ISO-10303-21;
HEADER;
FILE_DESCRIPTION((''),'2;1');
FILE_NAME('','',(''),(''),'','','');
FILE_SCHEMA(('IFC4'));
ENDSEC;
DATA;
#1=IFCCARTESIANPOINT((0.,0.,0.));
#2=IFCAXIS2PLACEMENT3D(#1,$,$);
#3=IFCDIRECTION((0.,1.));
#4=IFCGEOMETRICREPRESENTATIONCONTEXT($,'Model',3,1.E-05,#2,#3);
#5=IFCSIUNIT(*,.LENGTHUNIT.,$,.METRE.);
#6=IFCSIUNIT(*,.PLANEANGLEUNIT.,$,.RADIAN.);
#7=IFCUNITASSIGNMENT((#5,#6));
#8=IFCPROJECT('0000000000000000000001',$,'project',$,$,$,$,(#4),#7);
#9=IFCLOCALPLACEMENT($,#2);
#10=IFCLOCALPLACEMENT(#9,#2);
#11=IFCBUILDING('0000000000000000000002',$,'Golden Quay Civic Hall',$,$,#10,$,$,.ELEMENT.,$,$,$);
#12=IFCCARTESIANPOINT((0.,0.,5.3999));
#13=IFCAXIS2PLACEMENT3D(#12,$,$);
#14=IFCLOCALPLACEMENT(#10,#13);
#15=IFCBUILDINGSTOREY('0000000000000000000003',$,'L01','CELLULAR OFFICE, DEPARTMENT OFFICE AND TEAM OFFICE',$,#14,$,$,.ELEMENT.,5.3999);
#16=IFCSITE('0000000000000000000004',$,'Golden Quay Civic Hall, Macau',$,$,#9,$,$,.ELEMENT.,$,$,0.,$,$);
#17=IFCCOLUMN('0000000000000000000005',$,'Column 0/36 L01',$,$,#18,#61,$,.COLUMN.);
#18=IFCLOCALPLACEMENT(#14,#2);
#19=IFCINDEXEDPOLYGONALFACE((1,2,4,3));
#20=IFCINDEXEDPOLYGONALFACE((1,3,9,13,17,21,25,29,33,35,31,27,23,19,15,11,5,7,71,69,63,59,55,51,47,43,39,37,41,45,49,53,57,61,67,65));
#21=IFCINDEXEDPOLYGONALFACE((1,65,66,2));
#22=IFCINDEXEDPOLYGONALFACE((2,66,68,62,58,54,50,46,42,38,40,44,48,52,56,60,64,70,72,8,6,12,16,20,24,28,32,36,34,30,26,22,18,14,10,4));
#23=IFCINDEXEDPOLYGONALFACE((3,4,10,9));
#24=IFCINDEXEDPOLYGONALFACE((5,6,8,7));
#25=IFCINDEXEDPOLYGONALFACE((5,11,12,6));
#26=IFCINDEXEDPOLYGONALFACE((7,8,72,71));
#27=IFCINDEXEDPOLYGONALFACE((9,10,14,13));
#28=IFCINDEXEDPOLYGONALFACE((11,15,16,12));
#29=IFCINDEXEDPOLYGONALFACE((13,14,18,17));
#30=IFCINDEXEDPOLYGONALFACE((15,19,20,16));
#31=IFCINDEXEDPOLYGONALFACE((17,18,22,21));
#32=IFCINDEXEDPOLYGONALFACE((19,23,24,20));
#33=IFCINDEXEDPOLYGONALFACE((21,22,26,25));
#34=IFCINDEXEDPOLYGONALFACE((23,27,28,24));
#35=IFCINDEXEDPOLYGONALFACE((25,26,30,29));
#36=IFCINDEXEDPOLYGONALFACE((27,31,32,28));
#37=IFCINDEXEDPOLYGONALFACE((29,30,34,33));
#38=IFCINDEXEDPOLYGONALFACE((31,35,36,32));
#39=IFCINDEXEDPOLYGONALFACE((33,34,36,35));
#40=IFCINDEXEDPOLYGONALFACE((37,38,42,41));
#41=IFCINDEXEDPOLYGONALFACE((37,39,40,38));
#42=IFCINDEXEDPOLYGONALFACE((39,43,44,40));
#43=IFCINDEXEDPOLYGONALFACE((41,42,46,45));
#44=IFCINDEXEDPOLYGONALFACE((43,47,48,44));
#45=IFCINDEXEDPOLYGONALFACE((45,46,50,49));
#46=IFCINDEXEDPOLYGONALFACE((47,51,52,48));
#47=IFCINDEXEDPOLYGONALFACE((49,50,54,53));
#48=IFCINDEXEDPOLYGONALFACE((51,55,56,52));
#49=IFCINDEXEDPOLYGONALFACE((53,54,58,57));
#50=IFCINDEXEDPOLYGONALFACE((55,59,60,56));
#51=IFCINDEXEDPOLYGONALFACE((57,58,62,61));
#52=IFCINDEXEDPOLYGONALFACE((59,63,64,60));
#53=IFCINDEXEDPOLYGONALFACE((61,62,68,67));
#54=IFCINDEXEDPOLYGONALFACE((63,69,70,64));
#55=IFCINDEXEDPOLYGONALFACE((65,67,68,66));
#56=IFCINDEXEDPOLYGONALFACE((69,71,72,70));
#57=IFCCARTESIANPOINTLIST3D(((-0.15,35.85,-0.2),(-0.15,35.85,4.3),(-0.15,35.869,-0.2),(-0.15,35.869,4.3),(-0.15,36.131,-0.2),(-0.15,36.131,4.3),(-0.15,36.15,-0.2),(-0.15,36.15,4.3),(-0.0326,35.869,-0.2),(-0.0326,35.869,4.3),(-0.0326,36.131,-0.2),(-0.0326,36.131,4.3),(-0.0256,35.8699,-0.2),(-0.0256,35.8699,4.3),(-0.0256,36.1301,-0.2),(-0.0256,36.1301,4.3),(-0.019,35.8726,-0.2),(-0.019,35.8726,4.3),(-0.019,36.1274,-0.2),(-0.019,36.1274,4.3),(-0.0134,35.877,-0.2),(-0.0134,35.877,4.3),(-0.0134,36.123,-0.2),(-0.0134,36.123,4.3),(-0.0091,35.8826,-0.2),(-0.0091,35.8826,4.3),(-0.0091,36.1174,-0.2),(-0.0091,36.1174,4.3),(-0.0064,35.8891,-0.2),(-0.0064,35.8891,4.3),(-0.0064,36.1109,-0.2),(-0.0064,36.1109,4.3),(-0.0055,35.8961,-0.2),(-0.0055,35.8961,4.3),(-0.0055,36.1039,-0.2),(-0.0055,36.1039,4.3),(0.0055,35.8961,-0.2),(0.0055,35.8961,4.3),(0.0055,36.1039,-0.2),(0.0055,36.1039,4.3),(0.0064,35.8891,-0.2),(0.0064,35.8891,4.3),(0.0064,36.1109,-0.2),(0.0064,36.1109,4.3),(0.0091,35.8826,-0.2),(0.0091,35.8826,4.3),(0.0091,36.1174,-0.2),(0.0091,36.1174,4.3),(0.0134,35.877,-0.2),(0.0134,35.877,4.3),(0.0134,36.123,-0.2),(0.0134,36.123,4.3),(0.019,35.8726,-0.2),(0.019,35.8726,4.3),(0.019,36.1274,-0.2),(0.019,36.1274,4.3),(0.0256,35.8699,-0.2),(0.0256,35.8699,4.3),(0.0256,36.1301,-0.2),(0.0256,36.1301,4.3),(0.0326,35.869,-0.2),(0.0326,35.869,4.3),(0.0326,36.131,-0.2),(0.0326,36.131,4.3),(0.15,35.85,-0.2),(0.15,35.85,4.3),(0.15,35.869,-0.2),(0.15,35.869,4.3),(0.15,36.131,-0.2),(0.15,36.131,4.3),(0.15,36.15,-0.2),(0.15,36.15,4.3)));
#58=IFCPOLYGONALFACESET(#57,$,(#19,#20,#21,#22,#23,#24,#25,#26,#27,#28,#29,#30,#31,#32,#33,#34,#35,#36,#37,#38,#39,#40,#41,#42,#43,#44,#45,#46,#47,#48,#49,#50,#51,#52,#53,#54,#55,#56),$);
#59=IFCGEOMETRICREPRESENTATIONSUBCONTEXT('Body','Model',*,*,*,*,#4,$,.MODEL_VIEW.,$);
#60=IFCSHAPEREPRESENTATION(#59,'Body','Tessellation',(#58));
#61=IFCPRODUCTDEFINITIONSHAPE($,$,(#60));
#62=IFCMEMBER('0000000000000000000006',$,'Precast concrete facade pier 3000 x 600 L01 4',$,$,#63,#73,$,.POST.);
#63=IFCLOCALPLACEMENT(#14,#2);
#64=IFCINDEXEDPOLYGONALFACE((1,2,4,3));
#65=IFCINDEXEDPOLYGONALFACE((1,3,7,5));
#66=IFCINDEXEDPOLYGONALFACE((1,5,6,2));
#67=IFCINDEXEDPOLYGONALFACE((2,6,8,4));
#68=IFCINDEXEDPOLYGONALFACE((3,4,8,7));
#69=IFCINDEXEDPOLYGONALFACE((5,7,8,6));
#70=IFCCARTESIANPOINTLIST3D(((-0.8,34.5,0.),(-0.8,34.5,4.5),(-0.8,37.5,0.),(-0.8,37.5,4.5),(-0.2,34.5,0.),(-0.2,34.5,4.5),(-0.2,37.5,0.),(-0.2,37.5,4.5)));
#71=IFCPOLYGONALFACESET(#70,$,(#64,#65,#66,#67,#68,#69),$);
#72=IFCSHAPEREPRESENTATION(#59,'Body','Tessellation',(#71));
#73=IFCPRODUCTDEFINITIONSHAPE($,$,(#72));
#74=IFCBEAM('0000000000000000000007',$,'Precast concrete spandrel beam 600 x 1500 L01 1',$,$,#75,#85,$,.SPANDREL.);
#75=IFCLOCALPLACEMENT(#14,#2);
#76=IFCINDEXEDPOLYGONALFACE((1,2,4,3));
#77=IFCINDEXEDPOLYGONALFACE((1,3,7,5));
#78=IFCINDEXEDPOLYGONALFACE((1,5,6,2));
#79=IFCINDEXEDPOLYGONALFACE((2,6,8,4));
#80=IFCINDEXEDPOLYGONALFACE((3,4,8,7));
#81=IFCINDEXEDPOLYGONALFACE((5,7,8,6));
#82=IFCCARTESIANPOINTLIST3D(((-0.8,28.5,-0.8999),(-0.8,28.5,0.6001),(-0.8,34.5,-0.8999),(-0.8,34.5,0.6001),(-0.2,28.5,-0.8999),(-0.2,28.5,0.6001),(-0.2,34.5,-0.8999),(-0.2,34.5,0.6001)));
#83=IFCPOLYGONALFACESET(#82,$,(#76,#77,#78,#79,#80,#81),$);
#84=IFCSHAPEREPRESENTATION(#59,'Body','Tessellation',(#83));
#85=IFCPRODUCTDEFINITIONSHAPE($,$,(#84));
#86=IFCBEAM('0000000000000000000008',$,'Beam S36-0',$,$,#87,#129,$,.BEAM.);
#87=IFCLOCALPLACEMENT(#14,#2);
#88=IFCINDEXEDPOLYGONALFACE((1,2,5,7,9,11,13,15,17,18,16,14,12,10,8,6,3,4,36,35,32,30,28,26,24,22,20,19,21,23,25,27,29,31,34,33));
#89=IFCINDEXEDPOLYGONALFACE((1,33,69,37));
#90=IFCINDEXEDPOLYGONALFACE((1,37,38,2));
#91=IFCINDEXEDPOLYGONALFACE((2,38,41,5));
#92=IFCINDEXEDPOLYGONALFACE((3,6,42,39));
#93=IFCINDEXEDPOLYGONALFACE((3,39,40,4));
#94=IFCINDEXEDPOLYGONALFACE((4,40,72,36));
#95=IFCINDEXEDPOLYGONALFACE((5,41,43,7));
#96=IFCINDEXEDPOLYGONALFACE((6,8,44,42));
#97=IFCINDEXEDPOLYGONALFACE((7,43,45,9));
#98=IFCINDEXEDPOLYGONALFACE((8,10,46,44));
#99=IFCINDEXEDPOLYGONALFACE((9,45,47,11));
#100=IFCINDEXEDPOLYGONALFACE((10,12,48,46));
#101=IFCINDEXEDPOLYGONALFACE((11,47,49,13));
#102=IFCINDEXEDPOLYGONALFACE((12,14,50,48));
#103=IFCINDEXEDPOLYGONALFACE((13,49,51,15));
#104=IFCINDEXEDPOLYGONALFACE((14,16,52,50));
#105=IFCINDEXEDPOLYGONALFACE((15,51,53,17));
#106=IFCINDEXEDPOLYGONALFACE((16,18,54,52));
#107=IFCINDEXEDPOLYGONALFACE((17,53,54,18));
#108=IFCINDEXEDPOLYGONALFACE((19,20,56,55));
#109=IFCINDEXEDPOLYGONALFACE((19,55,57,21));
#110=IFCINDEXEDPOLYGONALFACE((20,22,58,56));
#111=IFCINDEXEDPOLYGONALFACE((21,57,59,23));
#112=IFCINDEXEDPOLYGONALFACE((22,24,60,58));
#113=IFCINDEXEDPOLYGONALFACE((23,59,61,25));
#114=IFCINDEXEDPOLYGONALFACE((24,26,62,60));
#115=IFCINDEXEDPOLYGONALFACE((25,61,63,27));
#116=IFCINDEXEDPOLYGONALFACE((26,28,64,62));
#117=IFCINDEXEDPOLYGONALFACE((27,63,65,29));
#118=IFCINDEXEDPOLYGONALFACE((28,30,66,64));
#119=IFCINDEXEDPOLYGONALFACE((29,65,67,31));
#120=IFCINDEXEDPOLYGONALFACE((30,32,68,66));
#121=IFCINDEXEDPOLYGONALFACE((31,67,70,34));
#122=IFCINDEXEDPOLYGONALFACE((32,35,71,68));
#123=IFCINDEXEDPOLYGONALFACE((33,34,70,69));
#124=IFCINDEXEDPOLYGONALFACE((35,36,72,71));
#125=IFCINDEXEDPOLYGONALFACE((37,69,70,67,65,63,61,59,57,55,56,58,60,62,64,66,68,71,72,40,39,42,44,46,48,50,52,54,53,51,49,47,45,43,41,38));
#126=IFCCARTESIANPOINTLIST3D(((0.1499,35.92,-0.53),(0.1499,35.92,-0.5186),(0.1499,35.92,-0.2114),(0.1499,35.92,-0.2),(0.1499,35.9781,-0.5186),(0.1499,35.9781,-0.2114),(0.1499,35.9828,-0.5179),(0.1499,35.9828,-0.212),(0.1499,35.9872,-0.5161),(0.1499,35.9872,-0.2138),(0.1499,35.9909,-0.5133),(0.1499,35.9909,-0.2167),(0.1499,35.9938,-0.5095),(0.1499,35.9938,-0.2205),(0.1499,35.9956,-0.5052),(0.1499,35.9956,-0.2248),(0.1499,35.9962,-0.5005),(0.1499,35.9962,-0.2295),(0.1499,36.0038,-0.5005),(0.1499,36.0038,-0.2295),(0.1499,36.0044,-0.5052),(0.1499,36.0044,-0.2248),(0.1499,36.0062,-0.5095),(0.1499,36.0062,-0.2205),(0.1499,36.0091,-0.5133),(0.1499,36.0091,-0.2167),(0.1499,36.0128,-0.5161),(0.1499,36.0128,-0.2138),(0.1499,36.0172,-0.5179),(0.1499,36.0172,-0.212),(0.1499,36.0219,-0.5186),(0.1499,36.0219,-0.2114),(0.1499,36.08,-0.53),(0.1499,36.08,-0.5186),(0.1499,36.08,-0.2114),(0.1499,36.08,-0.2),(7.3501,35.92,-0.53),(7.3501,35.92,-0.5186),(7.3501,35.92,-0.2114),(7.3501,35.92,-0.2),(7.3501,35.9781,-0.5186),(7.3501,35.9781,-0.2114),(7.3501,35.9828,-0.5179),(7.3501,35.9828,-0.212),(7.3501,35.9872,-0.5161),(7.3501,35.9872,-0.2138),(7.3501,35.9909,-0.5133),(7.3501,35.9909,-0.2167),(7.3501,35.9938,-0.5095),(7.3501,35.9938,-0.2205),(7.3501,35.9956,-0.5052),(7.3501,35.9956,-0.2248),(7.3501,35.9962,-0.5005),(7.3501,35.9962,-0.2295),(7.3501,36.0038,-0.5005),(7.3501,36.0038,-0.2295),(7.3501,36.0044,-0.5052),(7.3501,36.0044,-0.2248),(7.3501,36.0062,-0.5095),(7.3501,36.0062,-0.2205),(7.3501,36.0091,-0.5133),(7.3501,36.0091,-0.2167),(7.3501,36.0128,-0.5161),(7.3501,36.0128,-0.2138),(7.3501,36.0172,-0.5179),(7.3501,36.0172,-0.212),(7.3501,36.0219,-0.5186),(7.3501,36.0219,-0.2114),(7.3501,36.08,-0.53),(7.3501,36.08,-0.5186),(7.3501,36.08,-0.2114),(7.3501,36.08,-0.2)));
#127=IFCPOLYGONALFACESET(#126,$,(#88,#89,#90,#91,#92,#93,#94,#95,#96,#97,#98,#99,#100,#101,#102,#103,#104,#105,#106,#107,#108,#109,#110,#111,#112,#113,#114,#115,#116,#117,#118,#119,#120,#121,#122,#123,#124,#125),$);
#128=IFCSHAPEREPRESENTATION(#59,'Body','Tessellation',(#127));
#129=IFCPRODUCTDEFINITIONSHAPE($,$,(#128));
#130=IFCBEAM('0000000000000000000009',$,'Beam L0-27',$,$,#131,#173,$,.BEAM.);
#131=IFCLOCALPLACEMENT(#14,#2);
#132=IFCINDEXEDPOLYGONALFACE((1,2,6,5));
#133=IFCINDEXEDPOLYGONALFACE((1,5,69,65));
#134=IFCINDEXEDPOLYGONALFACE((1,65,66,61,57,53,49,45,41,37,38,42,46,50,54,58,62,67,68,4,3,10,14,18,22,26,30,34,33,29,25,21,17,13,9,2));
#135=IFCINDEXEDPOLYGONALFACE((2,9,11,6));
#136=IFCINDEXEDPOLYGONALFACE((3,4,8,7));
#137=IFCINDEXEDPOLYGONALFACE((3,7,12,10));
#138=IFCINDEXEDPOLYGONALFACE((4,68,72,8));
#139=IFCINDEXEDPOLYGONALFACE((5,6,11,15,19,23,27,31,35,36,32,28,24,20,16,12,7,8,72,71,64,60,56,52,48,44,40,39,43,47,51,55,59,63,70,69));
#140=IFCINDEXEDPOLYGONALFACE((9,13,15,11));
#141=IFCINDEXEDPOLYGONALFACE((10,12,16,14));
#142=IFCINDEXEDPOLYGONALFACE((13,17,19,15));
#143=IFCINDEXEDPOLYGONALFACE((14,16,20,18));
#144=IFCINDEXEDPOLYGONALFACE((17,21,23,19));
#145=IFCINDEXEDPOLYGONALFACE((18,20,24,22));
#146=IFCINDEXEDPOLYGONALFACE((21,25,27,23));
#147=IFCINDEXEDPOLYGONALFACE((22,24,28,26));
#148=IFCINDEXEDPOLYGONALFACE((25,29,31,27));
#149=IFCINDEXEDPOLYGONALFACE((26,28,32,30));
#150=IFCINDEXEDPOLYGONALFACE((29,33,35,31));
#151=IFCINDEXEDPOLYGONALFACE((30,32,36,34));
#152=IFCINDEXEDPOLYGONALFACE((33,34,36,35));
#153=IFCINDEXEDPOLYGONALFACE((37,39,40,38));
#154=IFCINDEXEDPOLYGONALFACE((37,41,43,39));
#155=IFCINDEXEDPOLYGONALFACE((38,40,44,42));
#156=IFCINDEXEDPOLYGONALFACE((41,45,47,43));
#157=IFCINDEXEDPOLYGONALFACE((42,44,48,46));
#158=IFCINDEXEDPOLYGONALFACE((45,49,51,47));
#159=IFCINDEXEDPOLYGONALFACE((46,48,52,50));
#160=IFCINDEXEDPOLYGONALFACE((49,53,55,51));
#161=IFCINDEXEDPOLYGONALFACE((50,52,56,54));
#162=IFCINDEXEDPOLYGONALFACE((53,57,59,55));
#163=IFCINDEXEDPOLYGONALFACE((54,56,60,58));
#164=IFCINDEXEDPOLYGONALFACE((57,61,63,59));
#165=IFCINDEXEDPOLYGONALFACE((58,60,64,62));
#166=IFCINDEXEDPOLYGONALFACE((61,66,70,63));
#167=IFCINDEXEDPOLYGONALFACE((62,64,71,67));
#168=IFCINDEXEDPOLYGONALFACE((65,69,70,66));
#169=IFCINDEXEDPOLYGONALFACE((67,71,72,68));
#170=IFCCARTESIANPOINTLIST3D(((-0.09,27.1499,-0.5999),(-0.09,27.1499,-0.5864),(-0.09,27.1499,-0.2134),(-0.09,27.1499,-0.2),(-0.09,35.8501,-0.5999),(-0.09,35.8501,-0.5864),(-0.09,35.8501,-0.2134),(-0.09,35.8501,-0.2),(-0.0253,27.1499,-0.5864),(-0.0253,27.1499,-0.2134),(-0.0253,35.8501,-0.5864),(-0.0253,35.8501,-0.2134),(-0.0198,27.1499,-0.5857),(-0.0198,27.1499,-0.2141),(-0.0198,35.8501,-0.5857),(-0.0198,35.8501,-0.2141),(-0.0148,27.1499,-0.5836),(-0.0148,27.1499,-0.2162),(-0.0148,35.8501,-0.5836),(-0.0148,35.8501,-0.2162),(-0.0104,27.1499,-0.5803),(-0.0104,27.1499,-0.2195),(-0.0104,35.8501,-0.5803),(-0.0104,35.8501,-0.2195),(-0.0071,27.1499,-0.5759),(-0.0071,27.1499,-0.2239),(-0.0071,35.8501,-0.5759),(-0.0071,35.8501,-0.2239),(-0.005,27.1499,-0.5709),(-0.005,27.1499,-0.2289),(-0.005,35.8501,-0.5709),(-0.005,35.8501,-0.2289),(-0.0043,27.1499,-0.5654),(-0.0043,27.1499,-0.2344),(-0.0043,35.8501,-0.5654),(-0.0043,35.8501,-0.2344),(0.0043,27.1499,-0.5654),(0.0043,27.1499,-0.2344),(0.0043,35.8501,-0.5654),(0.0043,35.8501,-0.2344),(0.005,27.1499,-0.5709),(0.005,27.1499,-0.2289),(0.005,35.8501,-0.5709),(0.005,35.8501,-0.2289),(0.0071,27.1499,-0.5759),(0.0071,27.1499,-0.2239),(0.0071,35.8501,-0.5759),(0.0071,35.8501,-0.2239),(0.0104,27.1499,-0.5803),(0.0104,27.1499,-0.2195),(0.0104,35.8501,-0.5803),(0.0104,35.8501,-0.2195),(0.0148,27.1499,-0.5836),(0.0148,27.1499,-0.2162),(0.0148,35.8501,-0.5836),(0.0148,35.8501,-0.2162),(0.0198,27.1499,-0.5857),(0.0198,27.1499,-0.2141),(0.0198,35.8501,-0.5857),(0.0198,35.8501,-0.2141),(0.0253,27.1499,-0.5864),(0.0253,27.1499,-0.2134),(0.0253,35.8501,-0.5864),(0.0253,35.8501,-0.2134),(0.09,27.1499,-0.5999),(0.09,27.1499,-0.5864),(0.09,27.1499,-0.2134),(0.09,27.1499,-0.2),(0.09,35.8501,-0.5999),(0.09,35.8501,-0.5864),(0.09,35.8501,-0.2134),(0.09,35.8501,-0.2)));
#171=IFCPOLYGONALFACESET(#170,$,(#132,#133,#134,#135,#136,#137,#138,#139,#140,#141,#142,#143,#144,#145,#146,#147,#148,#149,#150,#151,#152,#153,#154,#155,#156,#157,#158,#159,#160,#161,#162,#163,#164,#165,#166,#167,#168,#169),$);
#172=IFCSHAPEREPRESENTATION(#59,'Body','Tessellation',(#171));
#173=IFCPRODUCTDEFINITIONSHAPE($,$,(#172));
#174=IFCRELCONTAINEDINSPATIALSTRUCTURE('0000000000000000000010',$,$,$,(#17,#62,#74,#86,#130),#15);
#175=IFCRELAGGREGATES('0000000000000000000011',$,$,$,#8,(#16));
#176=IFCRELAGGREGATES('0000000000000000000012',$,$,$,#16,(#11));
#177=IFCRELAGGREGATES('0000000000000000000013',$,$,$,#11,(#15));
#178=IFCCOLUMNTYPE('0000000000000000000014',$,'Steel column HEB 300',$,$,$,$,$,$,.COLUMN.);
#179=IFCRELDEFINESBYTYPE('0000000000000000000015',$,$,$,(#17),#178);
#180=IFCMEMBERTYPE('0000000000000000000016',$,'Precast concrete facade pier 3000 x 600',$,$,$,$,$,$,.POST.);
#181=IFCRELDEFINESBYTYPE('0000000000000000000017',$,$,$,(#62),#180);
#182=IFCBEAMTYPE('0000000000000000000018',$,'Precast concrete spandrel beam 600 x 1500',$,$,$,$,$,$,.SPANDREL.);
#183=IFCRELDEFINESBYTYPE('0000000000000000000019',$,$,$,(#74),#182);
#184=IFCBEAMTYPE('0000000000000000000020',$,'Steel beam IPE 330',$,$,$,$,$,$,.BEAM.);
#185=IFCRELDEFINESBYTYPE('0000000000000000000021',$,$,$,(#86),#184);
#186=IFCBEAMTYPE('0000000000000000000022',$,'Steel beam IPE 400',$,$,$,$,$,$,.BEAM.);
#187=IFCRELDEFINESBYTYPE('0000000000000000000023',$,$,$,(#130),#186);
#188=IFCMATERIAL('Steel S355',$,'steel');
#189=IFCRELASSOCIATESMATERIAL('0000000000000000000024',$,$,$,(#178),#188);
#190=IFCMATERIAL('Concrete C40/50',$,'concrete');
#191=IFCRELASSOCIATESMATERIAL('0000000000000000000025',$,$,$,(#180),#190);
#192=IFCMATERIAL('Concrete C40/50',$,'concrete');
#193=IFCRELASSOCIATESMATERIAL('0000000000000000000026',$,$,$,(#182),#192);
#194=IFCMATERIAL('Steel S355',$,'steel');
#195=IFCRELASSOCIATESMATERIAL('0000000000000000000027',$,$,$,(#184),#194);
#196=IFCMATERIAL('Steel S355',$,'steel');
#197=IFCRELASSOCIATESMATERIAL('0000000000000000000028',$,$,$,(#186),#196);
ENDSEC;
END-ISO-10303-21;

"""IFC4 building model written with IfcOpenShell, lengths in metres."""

from ifc_helpers import new_model, si_unit, direction, frame, origin, origin_2d, place, context, subcontext, project, spatial, rectangle, i_section, extrude, material, material_profile, profile_set, type_object, element, save


model = new_model("IFC4")

# Units and contexts
model_context = context("Model", 3, precision=1e-05, world=origin(), true_north=direction((0.0, 1.0)))
body_context = subcontext(model_context, "Body", "Model", "MODEL_VIEW")
ifc_project = project(units=[si_unit("LENGTHUNIT", "METRE"), si_unit("PLANEANGLEUNIT", "RADIAN")], contexts=[model_context])

# Site, building, storey
site_placement = place(None, origin())
site = spatial("IfcSite", under=ifc_project, at=site_placement, Name="Golden Quay Civic Hall, Macau", CompositionType="ELEMENT", RefElevation=0.0)
building_placement = place(site_placement, origin())
building = spatial("IfcBuilding", under=site, at=building_placement, Name="Golden Quay Civic Hall", CompositionType="ELEMENT")
storey_placement = place(building_placement, frame((0.0, 0.0, 5.3999)))
storey = spatial("IfcBuildingStorey", under=building, at=storey_placement, Name="L01", Description="CELLULAR OFFICE, DEPARTMENT OFFICE AND TEAM OFFICE", CompositionType="ELEMENT", Elevation=5.3999)

# Column
ifc_material_1 = material(Name="Steel S355", Category="steel")
ifc_material_profile_1 = material_profile(ifc_material_1, i_section(OverallWidth=0.3, OverallDepth=0.3, WebThickness=0.011, FlangeThickness=0.019, FilletRadius=0.0271, at=origin_2d()), Name="HEB 300")
ifc_profile_set_1 = profile_set([ifc_material_profile_1], Name="Steel S355")
column_type = type_object("IfcColumnType", Name="Steel column HEB 300", PredefinedType="COLUMN", material=ifc_profile_set_1)
column_placement = place(storey_placement, frame((0.0, 36.0, -0.2), z_axis=(0.0, 0.0, 1.0), x_axis=(1.0, 0.0, 0.0)))
element("IfcColumn", 1, at=column_placement, inside=storey, type_object=column_type, Name="Column 0/36 L01", PredefinedType="COLUMN", context=body_context, shape_type="SweptSolid", body=[
    extrude(i_section(OverallWidth=0.3, OverallDepth=0.3, WebThickness=0.011, FlangeThickness=0.019, FilletRadius=0.0271, at=origin_2d()), origin(), (0.0, 0.0, 1.0), 4.5),
])

# Member
ifc_material_2 = material(Name="Concrete C40/50", Category="concrete")
ifc_material_profile_2 = material_profile(ifc_material_2, rectangle(XDim=3.0, YDim=0.6001, at=origin_2d()), Name="RC 3000x600")
ifc_profile_set_2 = profile_set([ifc_material_profile_2], Name="Concrete C40/50")
member_type = type_object("IfcMemberType", Name="Precast concrete facade pier 3000 x 600", PredefinedType="POST", material=ifc_profile_set_2)
member_placement = place(storey_placement, frame((-0.5, 36.0, 0.0), z_axis=(0.0, 0.0, 1.0), x_axis=(0.0, 1.0, 0.0)))
element("IfcMember", 2, at=member_placement, inside=storey, type_object=member_type, Name="Precast concrete facade pier 3000 x 600 L01 4", PredefinedType="POST", context=body_context, shape_type="SweptSolid", body=[
    extrude(rectangle(XDim=3.0, YDim=0.6001, at=origin_2d()), origin(), (0.0, 0.0, 1.0), 4.5),
])

# Beams
ifc_material_3 = material(Name="Concrete C40/50", Category="concrete")
ifc_material_profile_3 = material_profile(ifc_material_3, rectangle(XDim=0.6001, YDim=1.5, at=origin_2d()), Name="RC 600x1500")
ifc_profile_set_3 = profile_set([ifc_material_profile_3], Name="Concrete C40/50")
beam_type_1 = type_object("IfcBeamType", Name="Precast concrete spandrel beam 600 x 1500", PredefinedType="SPANDREL", material=ifc_profile_set_3)
beam_1_placement = place(storey_placement, frame((-0.5, 28.5, -0.1499), z_axis=(0.0, 1.0, 0.0), x_axis=(-1.0, 0.0, 0.0)))
element("IfcBeam", 3, at=beam_1_placement, inside=storey, type_object=beam_type_1, Name="Precast concrete spandrel beam 600 x 1500 L01 1", PredefinedType="SPANDREL", context=body_context, shape_type="SweptSolid", body=[
    extrude(rectangle(XDim=0.6001, YDim=1.5, at=origin_2d()), origin(), (0.0, 0.0, 1.0), 6.0),
])
ifc_material_4 = material(Name="Steel S355", Category="steel")
ifc_material_profile_4 = material_profile(ifc_material_4, i_section(OverallWidth=0.1599, OverallDepth=0.3301, WebThickness=0.0076, FlangeThickness=0.0115, FilletRadius=0.0181, at=origin_2d()), Name="IPE 330")
ifc_profile_set_4 = profile_set([ifc_material_profile_4], Name="Steel S355")
beam_type_2 = type_object("IfcBeamType", Name="Steel beam IPE 330", PredefinedType="BEAM", material=ifc_profile_set_4)
beam_2_placement = place(storey_placement, frame((0.1499, 36.0, -0.365), z_axis=(1.0, 0.0, 0.0), x_axis=(0.0, 1.0, 0.0)))
element("IfcBeam", 4, at=beam_2_placement, inside=storey, type_object=beam_type_2, Name="Beam S36-0", PredefinedType="BEAM", context=body_context, shape_type="SweptSolid", body=[
    extrude(i_section(OverallWidth=0.1599, OverallDepth=0.3301, WebThickness=0.0076, FlangeThickness=0.0115, FilletRadius=0.0181, at=origin_2d()), origin(), (0.0, 0.0, 1.0), 7.2002),
])
ifc_material_5 = material(Name="Steel S355", Category="steel")
ifc_material_profile_5 = material_profile(ifc_material_5, i_section(OverallWidth=0.1799, OverallDepth=0.3999, WebThickness=0.0085, FlangeThickness=0.0134, FilletRadius=0.021, at=origin_2d()), Name="IPE 400")
ifc_profile_set_5 = profile_set([ifc_material_profile_5], Name="Steel S355")
beam_type_3 = type_object("IfcBeamType", Name="Steel beam IPE 400", PredefinedType="BEAM", material=ifc_profile_set_5)
for number, where, z_axis, x_axis, name in (
    (5, (0.0, 27.1499, -0.3999), (0.0, 1.0, 0.0), (-1.0, 0.0, 0.0), "Beam L0-27"),
):
    element("IfcBeam", number, at=place(storey_placement, frame(where, z_axis=z_axis, x_axis=x_axis)), inside=storey, type_object=beam_type_3, Name=name, PredefinedType="BEAM", context=body_context, shape_type="SweptSolid", body=[
        extrude(i_section(OverallWidth=0.1799, OverallDepth=0.3999, WebThickness=0.0085, FlangeThickness=0.0134, FilletRadius=0.021, at=origin_2d()), origin(), (0.0, 0.0, 1.0), 8.7002),
    ])

save(model, "model.ifc")
